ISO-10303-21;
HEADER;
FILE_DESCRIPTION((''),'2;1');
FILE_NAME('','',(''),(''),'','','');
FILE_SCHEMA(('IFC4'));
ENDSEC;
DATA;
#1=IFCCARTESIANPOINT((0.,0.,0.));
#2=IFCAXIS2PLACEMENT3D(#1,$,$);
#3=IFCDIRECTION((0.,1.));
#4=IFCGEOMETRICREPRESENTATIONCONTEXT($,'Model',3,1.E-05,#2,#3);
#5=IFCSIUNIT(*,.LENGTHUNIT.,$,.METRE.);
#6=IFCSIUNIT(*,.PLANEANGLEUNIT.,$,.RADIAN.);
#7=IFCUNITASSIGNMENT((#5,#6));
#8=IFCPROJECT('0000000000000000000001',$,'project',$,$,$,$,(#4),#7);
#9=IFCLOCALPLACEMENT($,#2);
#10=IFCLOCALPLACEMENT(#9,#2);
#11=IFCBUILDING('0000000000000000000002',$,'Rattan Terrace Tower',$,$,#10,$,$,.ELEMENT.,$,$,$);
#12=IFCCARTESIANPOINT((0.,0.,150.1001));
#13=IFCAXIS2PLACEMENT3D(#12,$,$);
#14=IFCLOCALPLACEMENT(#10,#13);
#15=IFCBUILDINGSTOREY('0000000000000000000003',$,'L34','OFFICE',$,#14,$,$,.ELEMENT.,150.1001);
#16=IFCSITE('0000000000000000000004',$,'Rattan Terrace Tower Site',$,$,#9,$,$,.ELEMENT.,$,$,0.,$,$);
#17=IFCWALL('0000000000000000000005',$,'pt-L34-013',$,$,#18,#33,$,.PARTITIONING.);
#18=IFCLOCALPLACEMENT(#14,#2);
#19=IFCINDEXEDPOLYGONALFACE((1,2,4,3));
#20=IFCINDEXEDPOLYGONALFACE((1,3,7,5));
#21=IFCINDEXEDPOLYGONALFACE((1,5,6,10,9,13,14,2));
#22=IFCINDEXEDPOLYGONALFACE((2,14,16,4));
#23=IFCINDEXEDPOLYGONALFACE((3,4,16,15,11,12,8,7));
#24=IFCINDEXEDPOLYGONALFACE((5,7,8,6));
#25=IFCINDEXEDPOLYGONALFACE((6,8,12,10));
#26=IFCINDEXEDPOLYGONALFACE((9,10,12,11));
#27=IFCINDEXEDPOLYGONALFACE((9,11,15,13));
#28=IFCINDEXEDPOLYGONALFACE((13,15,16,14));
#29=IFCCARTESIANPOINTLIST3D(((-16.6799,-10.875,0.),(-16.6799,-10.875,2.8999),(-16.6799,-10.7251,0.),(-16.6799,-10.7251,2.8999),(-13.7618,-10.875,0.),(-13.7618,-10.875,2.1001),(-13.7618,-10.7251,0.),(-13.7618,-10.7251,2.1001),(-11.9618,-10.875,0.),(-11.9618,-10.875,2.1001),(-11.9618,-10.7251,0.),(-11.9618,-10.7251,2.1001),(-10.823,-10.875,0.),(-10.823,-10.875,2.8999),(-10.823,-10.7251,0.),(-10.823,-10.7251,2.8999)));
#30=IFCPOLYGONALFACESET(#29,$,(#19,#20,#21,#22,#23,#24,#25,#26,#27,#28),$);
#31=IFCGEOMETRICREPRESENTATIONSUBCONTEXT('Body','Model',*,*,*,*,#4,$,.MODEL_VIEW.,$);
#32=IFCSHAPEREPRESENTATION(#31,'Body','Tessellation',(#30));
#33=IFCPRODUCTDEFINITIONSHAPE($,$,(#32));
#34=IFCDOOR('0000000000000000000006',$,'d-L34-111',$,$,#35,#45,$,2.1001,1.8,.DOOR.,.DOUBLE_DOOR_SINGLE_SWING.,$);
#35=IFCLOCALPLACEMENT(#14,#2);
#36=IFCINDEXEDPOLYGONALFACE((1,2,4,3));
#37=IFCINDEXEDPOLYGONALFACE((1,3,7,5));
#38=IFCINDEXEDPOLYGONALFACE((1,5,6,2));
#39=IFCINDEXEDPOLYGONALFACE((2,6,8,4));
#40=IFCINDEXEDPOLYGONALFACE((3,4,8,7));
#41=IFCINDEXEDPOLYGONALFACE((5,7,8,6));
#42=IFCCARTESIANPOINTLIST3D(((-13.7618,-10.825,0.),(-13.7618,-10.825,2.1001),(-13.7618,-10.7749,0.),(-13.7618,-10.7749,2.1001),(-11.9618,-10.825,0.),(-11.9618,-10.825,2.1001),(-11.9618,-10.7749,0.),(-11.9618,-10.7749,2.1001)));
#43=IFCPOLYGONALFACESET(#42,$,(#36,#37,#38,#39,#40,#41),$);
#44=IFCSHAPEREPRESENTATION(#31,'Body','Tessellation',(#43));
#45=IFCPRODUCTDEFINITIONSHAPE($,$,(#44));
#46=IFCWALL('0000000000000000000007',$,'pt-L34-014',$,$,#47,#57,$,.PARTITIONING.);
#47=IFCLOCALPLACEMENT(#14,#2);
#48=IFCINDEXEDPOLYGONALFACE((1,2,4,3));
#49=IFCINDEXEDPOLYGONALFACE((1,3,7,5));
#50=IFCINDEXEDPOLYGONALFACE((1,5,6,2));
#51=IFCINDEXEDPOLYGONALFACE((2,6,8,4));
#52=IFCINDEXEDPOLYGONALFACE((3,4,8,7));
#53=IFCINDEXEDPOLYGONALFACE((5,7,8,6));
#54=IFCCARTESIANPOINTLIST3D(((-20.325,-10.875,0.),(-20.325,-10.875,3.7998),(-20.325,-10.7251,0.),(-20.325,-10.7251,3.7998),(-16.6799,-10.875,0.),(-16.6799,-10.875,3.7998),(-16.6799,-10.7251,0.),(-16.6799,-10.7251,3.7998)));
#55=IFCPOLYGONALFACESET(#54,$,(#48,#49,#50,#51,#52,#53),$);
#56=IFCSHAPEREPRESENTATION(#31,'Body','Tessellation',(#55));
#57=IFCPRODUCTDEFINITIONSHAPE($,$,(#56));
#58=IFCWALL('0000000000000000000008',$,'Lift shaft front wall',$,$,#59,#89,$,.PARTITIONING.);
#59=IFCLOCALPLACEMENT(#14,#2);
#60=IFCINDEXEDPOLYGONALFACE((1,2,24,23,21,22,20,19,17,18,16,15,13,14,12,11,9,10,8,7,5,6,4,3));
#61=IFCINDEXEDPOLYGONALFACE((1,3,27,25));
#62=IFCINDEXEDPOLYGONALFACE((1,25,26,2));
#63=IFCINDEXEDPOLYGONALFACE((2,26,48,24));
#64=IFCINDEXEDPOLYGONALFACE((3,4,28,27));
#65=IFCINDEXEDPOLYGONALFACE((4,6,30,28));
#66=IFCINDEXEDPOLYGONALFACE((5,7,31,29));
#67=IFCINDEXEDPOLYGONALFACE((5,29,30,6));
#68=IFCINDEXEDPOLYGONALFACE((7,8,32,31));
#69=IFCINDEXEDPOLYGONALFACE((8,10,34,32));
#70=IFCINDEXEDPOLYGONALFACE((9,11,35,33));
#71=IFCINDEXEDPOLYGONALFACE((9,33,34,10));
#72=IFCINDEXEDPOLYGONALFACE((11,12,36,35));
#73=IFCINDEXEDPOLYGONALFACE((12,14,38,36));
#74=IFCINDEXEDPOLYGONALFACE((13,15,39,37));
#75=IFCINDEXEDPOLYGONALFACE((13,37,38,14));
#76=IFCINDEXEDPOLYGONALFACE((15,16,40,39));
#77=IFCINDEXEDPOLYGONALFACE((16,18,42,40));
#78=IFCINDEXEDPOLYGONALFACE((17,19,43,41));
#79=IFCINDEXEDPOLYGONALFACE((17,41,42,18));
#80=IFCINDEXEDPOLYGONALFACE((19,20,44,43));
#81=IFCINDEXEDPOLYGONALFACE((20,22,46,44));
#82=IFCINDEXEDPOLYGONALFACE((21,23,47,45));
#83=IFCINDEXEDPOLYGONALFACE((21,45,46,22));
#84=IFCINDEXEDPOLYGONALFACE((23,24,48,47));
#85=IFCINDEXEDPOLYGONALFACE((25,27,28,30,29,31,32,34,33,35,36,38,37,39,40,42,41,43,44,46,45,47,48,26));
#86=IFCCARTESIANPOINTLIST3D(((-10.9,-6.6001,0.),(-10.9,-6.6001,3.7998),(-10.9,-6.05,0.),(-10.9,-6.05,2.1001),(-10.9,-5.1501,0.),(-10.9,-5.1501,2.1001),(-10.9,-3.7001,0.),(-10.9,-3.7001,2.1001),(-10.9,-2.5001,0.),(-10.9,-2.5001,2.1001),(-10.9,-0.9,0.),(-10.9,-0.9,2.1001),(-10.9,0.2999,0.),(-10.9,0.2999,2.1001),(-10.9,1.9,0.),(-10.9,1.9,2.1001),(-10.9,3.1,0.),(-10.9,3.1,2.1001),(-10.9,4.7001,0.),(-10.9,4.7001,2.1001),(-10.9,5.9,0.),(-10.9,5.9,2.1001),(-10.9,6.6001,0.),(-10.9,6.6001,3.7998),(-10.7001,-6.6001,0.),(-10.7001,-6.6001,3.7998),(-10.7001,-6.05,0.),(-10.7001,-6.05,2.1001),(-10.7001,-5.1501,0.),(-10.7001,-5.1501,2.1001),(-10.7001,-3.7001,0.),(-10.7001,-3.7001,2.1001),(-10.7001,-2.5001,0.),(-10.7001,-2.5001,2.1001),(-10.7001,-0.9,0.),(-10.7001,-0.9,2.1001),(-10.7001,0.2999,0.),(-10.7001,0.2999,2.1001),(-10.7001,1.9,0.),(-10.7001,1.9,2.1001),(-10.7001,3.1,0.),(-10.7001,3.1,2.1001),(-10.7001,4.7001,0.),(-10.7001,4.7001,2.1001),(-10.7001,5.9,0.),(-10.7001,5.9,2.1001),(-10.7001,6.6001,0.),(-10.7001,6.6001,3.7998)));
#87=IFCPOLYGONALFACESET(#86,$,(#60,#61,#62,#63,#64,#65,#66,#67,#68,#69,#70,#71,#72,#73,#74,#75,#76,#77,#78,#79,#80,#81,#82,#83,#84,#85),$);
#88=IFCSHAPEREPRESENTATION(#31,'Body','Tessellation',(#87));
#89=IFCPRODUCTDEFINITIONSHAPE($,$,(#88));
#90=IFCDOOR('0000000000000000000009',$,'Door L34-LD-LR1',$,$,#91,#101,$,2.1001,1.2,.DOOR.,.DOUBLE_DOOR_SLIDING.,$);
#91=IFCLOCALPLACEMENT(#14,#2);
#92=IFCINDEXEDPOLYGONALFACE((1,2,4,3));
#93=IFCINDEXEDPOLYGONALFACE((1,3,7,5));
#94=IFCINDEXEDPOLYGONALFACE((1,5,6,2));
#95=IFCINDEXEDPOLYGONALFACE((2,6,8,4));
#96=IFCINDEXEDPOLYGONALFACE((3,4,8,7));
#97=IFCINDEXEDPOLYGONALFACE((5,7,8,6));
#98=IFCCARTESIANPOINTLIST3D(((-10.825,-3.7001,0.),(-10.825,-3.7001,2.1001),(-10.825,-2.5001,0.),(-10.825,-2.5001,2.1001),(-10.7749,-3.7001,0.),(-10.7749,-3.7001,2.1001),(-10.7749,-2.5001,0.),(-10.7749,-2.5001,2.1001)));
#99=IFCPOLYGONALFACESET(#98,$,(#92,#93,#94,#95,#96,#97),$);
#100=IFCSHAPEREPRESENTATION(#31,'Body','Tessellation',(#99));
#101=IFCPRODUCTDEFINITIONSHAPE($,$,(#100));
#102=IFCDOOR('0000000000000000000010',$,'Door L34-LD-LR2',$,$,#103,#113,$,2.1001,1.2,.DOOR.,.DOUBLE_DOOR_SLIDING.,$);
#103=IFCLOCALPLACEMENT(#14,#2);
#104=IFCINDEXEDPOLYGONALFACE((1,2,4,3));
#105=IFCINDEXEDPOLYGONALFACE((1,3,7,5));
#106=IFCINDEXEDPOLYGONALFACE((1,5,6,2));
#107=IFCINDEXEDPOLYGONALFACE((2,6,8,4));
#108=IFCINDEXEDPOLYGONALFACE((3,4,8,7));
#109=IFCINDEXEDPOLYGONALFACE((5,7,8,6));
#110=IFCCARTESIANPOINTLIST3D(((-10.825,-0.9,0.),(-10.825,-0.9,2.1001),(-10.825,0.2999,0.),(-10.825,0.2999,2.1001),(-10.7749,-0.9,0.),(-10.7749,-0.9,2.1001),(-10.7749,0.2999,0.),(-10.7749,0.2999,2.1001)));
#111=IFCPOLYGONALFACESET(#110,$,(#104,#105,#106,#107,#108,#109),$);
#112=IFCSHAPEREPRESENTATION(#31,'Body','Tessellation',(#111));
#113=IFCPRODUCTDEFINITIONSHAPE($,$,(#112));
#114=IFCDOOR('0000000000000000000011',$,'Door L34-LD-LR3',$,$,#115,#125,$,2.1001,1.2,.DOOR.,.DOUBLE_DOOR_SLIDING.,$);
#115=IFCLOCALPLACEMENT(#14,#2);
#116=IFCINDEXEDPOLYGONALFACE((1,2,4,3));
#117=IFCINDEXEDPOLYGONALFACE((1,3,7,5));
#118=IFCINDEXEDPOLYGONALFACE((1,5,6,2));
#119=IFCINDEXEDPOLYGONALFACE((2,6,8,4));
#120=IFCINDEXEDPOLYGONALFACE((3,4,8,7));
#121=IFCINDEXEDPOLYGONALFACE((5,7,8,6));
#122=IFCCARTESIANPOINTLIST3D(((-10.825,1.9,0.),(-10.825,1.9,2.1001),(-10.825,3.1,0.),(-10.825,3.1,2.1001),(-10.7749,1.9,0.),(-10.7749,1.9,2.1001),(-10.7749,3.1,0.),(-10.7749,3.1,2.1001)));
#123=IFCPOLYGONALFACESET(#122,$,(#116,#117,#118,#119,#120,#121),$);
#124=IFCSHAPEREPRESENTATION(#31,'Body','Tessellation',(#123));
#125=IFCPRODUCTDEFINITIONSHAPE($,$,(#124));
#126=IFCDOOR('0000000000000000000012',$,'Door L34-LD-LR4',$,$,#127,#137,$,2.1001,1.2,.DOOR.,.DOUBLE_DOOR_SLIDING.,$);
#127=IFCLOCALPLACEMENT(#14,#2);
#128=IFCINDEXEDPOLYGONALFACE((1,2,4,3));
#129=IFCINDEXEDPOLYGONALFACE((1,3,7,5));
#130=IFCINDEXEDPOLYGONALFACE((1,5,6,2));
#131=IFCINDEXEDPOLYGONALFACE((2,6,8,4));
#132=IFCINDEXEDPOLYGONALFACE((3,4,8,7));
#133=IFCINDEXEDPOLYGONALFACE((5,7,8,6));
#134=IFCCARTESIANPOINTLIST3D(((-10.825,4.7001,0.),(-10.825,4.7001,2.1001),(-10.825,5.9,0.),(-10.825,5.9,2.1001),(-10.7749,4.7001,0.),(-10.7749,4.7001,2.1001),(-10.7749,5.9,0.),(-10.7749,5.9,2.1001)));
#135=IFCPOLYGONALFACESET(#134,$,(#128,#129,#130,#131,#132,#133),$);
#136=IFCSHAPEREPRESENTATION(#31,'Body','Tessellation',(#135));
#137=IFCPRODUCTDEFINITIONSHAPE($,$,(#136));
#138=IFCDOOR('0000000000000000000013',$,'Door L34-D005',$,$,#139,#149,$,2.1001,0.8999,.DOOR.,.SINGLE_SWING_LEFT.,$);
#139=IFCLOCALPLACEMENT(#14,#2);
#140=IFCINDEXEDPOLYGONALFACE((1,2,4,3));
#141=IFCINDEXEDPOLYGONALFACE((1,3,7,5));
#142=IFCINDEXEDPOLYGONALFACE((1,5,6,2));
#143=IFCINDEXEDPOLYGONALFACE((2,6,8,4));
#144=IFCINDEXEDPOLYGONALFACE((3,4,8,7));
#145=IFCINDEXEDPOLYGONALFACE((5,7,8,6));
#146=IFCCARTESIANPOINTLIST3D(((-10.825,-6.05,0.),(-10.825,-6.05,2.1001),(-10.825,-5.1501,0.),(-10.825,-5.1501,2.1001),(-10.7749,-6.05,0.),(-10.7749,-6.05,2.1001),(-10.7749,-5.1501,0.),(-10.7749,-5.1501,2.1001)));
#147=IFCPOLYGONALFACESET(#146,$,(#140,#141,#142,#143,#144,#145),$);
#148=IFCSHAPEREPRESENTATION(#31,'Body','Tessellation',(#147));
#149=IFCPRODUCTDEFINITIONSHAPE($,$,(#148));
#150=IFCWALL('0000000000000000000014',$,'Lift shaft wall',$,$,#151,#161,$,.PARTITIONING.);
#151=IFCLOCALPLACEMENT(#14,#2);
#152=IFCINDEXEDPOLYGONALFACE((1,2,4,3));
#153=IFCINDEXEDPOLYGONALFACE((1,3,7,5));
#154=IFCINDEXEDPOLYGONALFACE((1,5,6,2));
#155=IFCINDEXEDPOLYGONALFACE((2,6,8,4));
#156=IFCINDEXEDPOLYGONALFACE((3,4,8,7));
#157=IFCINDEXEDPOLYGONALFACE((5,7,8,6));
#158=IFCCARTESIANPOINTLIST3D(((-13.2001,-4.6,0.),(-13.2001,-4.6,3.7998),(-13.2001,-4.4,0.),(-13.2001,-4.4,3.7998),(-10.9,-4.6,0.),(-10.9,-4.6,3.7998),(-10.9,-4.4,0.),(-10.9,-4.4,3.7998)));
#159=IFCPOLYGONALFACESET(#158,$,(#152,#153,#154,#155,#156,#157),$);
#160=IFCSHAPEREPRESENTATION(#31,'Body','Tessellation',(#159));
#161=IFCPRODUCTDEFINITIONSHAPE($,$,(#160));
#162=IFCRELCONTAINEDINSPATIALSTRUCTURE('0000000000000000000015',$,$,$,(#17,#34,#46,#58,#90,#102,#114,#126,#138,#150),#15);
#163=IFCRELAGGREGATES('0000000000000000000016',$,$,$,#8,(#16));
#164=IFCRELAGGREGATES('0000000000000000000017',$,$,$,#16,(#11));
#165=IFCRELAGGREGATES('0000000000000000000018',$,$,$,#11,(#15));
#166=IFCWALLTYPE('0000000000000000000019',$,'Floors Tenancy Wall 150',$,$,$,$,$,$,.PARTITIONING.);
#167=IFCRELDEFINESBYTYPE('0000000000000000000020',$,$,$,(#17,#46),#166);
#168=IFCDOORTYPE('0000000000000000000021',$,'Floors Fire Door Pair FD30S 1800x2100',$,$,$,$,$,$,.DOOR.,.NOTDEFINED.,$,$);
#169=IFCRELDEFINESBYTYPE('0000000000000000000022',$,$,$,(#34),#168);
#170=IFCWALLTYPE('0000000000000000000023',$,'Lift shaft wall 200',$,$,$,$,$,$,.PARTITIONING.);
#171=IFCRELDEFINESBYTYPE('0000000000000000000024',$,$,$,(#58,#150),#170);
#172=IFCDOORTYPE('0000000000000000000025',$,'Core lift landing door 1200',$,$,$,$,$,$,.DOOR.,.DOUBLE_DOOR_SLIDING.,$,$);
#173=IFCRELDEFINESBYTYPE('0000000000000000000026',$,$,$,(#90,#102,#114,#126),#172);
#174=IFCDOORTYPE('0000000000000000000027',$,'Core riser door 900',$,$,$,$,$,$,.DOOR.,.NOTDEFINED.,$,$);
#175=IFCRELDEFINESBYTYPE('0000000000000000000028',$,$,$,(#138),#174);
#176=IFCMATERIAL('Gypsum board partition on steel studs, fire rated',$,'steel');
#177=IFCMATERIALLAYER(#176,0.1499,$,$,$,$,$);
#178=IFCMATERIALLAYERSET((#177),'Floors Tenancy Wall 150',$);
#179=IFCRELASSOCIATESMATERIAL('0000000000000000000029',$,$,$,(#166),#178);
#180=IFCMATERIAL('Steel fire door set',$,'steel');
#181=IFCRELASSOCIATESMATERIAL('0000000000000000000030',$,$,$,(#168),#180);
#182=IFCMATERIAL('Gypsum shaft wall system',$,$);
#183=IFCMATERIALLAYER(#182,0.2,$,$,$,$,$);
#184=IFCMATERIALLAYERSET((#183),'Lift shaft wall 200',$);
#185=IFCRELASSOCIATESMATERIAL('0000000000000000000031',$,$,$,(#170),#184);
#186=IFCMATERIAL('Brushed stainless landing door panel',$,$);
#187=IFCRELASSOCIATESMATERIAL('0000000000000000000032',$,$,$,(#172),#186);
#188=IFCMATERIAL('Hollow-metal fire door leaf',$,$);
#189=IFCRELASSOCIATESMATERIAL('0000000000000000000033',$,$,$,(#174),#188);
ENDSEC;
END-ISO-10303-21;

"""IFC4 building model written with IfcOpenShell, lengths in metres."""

from ifc_helpers import new_model, si_unit, direction, frame, frame_2d, origin, place, context, subcontext, project, spatial, rectangle, extrude, material, layer, layer_set, type_object, element, fill, save


model = new_model("IFC4")

# Units and contexts
model_context = context("Model", 3, precision=1e-05, world=origin(), true_north=direction((0.0, 1.0)))
body_context = subcontext(model_context, "Body", "Model", "MODEL_VIEW")
ifc_project = project(units=[si_unit("LENGTHUNIT", "METRE"), si_unit("PLANEANGLEUNIT", "RADIAN")], contexts=[model_context])

# Site, building, storey
site_placement = place(None, origin())
site = spatial("IfcSite", under=ifc_project, at=site_placement, Name="Rattan Terrace Tower Site", CompositionType="ELEMENT", RefElevation=0.0)
building_placement = place(site_placement, origin())
building = spatial("IfcBuilding", under=site, at=building_placement, Name="Rattan Terrace Tower", CompositionType="ELEMENT")
storey_placement = place(building_placement, frame((0.0, 0.0, 150.1001)))
storey = spatial("IfcBuildingStorey", under=building, at=storey_placement, Name="L34", Description="OFFICE", CompositionType="ELEMENT", Elevation=150.1001)

# Wall, opening, door
ifc_material_1 = material(Name="Gypsum board partition on steel studs, fire rated", Category="steel")
ifc_layer_1 = layer(ifc_material_1, 0.1499)
ifc_layer_set_1 = layer_set([ifc_layer_1], Name="Floors Tenancy Wall 150")
wall_type_1 = type_object("IfcWallType", Name="Floors Tenancy Wall 150", PredefinedType="PARTITIONING", material=ifc_layer_set_1)
wall_1_placement = place(storey_placement, frame((-10.823, -10.8, 0.0), z_axis=(0.0, 0.0, 1.0), x_axis=(-1.0, 0.0, 0.0)))
wall_1 = element("IfcWall", 1, at=wall_1_placement, inside=storey, type_object=wall_type_1, Name="pt-L34-013", PredefinedType="PARTITIONING", context=body_context, shape_type="SweptSolid", body=[
    extrude(rectangle(XDim=5.8569, YDim=0.1499, at=frame_2d((2.9285, 0.0))), origin(), (0.0, 0.0, 1.0), 2.8999),
])
opening_1_placement = place(wall_1_placement, frame((1.1389, 0.0, 0.0)))
opening_1 = element("IfcOpeningElement", 2, at=opening_1_placement, cuts=wall_1, PredefinedType="OPENING", context=body_context, shape_type="SweptSolid", body=[
    extrude(rectangle(XDim=1.8, YDim=2.1001, at=frame_2d((0.8999, 1.05))), frame((0.0, 0.0854, 0.0), z_axis=(0.0, -1.0, 0.0), x_axis=(1.0, 0.0, 0.0)), (0.0, 0.0, 1.0), 0.1709),
])
ifc_material_2 = material(Name="Steel fire door set", Category="steel")
door_type_1 = type_object("IfcDoorType", Name="Floors Fire Door Pair FD30S 1800x2100", OperationType="NOTDEFINED", PredefinedType="DOOR", material=ifc_material_2)
door_1_placement = place(opening_1_placement, origin())
door_1 = element("IfcDoor", 3, at=door_1_placement, inside=storey, type_object=door_type_1, Name="d-L34-111", OperationType="DOUBLE_DOOR_SINGLE_SWING", OverallHeight=2.1001, OverallWidth=1.8, PredefinedType="DOOR", context=body_context, shape_type="SweptSolid", body=[
    extrude(rectangle(XDim=1.8, YDim=2.1001, at=frame_2d((0.8999, 1.05))), frame((0.0, 0.0249, 0.0), z_axis=(0.0, -1.0, 0.0), x_axis=(1.0, 0.0, 0.0)), (0.0, 0.0, 1.0), 0.05),
])
fill(opening_1, door_1)

# Wall
wall_2_placement = place(storey_placement, frame((-16.6799, -10.8, 0.0), z_axis=(0.0, 0.0, 1.0), x_axis=(-1.0, 0.0, 0.0)))
element("IfcWall", 4, at=wall_2_placement, inside=storey, type_object=wall_type_1, Name="pt-L34-014", PredefinedType="PARTITIONING", context=body_context, shape_type="SweptSolid", body=[
    extrude(rectangle(XDim=3.645, YDim=0.1499, at=frame_2d((1.8225, 0.0))), origin(), (0.0, 0.0, 1.0), 3.7998),
])

# Wall, openings, doors
ifc_material_3 = material(Name="Gypsum shaft wall system")
ifc_layer_2 = layer(ifc_material_3, 0.2)
ifc_layer_set_2 = layer_set([ifc_layer_2], Name="Lift shaft wall 200")
wall_type_2 = type_object("IfcWallType", Name="Lift shaft wall 200", PredefinedType="PARTITIONING", material=ifc_layer_set_2)
wall_3_placement = place(storey_placement, frame((-10.8, -6.6001, 0.0), z_axis=(0.0, 0.0, 1.0), x_axis=(0.0, 1.0, 0.0)))
wall_3 = element("IfcWall", 5, at=wall_3_placement, inside=storey, type_object=wall_type_2, Name="Lift shaft front wall", PredefinedType="PARTITIONING", context=body_context, shape_type="SweptSolid", body=[
    extrude(rectangle(XDim=13.2002, YDim=0.2, at=frame_2d((6.6001, 0.0))), origin(), (0.0, 0.0, 1.0), 3.7998),
])
opening_2_placement = place(wall_3_placement, frame((0.55, 0.0, 0.0)))
opening_2 = element("IfcOpeningElement", 6, at=opening_2_placement, cuts=wall_3, PredefinedType="OPENING", context=body_context, shape_type="SweptSolid", body=[
    extrude(rectangle(XDim=0.8999, YDim=2.1001, at=frame_2d((0.45, 1.05))), frame((0.0, 0.1106, 0.0), z_axis=(0.0, -1.0, 0.0), x_axis=(1.0, 0.0, 0.0)), (0.0, 0.0, 1.0), 0.2209),
])
opening_3_placement = place(wall_3_placement, frame((2.8999, 0.0, 0.0)))
opening_3 = element("IfcOpeningElement", 7, at=opening_3_placement, cuts=wall_3, PredefinedType="OPENING", context=body_context, shape_type="SweptSolid", body=[
    extrude(rectangle(XDim=1.2, YDim=2.1001, at=frame_2d((0.6001, 1.05))), frame((0.0, 0.1106, 0.0), z_axis=(0.0, -1.0, 0.0), x_axis=(1.0, 0.0, 0.0)), (0.0, 0.0, 1.0), 0.2209),
])
opening_4_placement = place(wall_3_placement, frame((5.7, 0.0, 0.0)))
opening_4 = element("IfcOpeningElement", 8, at=opening_4_placement, cuts=wall_3, PredefinedType="OPENING", context=body_context, shape_type="SweptSolid", body=[
    extrude(rectangle(XDim=1.2, YDim=2.1001, at=frame_2d((0.6001, 1.05))), frame((0.0, 0.1106, 0.0), z_axis=(0.0, -1.0, 0.0), x_axis=(1.0, 0.0, 0.0)), (0.0, 0.0, 1.0), 0.2209),
])
opening_5_placement = place(wall_3_placement, frame((8.5, 0.0, 0.0)))
opening_5 = element("IfcOpeningElement", 9, at=opening_5_placement, cuts=wall_3, PredefinedType="OPENING", context=body_context, shape_type="SweptSolid", body=[
    extrude(rectangle(XDim=1.2, YDim=2.1001, at=frame_2d((0.6001, 1.05))), frame((0.0, 0.1106, 0.0), z_axis=(0.0, -1.0, 0.0), x_axis=(1.0, 0.0, 0.0)), (0.0, 0.0, 1.0), 0.2209),
])
opening_6_placement = place(wall_3_placement, frame((11.3, 0.0, 0.0)))
opening_6 = element("IfcOpeningElement", 10, at=opening_6_placement, cuts=wall_3, PredefinedType="OPENING", context=body_context, shape_type="SweptSolid", body=[
    extrude(rectangle(XDim=1.2, YDim=2.1001, at=frame_2d((0.6001, 1.05))), frame((0.0, 0.1106, 0.0), z_axis=(0.0, -1.0, 0.0), x_axis=(1.0, 0.0, 0.0)), (0.0, 0.0, 1.0), 0.2209),
])
ifc_material_4 = material(Name="Brushed stainless landing door panel")
door_type_2 = type_object("IfcDoorType", Name="Core lift landing door 1200", OperationType="DOUBLE_DOOR_SLIDING", PredefinedType="DOOR", material=ifc_material_4)
door_2_placement = place(opening_3_placement, origin())
door_2 = element("IfcDoor", 11, at=door_2_placement, inside=storey, type_object=door_type_2, Name="Door L34-LD-LR1", OperationType="DOUBLE_DOOR_SLIDING", OverallHeight=2.1001, OverallWidth=1.2, PredefinedType="DOOR", context=body_context, shape_type="SweptSolid", body=[
    extrude(rectangle(XDim=1.2, YDim=2.1001, at=frame_2d((0.6001, 1.05))), frame((0.0, 0.0249, 0.0), z_axis=(0.0, -1.0, 0.0), x_axis=(1.0, 0.0, 0.0)), (0.0, 0.0, 1.0), 0.05),
])
fill(opening_3, door_2)
door_3_placement = place(opening_4_placement, origin())
door_3 = element("IfcDoor", 12, at=door_3_placement, inside=storey, type_object=door_type_2, Name="Door L34-LD-LR2", OperationType="DOUBLE_DOOR_SLIDING", OverallHeight=2.1001, OverallWidth=1.2, PredefinedType="DOOR", context=body_context, shape_type="SweptSolid", body=[
    extrude(rectangle(XDim=1.2, YDim=2.1001, at=frame_2d((0.6001, 1.05))), frame((0.0, 0.0249, 0.0), z_axis=(0.0, -1.0, 0.0), x_axis=(1.0, 0.0, 0.0)), (0.0, 0.0, 1.0), 0.05),
])
fill(opening_4, door_3)
door_4_placement = place(opening_5_placement, origin())
door_4 = element("IfcDoor", 13, at=door_4_placement, inside=storey, type_object=door_type_2, Name="Door L34-LD-LR3", OperationType="DOUBLE_DOOR_SLIDING", OverallHeight=2.1001, OverallWidth=1.2, PredefinedType="DOOR", context=body_context, shape_type="SweptSolid", body=[
    extrude(rectangle(XDim=1.2, YDim=2.1001, at=frame_2d((0.6001, 1.05))), frame((0.0, 0.0249, 0.0), z_axis=(0.0, -1.0, 0.0), x_axis=(1.0, 0.0, 0.0)), (0.0, 0.0, 1.0), 0.05),
])
fill(opening_5, door_4)
door_5_placement = place(opening_6_placement, origin())
door_5 = element("IfcDoor", 14, at=door_5_placement, inside=storey, type_object=door_type_2, Name="Door L34-LD-LR4", OperationType="DOUBLE_DOOR_SLIDING", OverallHeight=2.1001, OverallWidth=1.2, PredefinedType="DOOR", context=body_context, shape_type="SweptSolid", body=[
    extrude(rectangle(XDim=1.2, YDim=2.1001, at=frame_2d((0.6001, 1.05))), frame((0.0, 0.0249, 0.0), z_axis=(0.0, -1.0, 0.0), x_axis=(1.0, 0.0, 0.0)), (0.0, 0.0, 1.0), 0.05),
])
fill(opening_6, door_5)
ifc_material_5 = material(Name="Hollow-metal fire door leaf")
door_type_3 = type_object("IfcDoorType", Name="Core riser door 900", OperationType="NOTDEFINED", PredefinedType="DOOR", material=ifc_material_5)
door_6_placement = place(opening_2_placement, origin())
door_6 = element("IfcDoor", 15, at=door_6_placement, inside=storey, type_object=door_type_3, Name="Door L34-D005", OperationType="SINGLE_SWING_LEFT", OverallHeight=2.1001, OverallWidth=0.8999, PredefinedType="DOOR", context=body_context, shape_type="SweptSolid", body=[
    extrude(rectangle(XDim=0.8999, YDim=2.1001, at=frame_2d((0.45, 1.05))), frame((0.0, 0.0249, 0.0), z_axis=(0.0, -1.0, 0.0), x_axis=(1.0, 0.0, 0.0)), (0.0, 0.0, 1.0), 0.05),
])
fill(opening_2, door_6)

# Wall
wall_4_placement = place(storey_placement, frame((-13.2, -4.5, 0.0), z_axis=(0.0, 0.0, 1.0), x_axis=(1.0, 0.0, 0.0)))
element("IfcWall", 16, at=wall_4_placement, inside=storey, type_object=wall_type_2, Name="Lift shaft wall", PredefinedType="PARTITIONING", context=body_context, shape_type="SweptSolid", body=[
    extrude(rectangle(XDim=2.3, YDim=0.2, at=frame_2d((1.1499, 0.0))), origin(), (0.0, 0.0, 1.0), 3.7998),
])

save(model, "model.ifc")
